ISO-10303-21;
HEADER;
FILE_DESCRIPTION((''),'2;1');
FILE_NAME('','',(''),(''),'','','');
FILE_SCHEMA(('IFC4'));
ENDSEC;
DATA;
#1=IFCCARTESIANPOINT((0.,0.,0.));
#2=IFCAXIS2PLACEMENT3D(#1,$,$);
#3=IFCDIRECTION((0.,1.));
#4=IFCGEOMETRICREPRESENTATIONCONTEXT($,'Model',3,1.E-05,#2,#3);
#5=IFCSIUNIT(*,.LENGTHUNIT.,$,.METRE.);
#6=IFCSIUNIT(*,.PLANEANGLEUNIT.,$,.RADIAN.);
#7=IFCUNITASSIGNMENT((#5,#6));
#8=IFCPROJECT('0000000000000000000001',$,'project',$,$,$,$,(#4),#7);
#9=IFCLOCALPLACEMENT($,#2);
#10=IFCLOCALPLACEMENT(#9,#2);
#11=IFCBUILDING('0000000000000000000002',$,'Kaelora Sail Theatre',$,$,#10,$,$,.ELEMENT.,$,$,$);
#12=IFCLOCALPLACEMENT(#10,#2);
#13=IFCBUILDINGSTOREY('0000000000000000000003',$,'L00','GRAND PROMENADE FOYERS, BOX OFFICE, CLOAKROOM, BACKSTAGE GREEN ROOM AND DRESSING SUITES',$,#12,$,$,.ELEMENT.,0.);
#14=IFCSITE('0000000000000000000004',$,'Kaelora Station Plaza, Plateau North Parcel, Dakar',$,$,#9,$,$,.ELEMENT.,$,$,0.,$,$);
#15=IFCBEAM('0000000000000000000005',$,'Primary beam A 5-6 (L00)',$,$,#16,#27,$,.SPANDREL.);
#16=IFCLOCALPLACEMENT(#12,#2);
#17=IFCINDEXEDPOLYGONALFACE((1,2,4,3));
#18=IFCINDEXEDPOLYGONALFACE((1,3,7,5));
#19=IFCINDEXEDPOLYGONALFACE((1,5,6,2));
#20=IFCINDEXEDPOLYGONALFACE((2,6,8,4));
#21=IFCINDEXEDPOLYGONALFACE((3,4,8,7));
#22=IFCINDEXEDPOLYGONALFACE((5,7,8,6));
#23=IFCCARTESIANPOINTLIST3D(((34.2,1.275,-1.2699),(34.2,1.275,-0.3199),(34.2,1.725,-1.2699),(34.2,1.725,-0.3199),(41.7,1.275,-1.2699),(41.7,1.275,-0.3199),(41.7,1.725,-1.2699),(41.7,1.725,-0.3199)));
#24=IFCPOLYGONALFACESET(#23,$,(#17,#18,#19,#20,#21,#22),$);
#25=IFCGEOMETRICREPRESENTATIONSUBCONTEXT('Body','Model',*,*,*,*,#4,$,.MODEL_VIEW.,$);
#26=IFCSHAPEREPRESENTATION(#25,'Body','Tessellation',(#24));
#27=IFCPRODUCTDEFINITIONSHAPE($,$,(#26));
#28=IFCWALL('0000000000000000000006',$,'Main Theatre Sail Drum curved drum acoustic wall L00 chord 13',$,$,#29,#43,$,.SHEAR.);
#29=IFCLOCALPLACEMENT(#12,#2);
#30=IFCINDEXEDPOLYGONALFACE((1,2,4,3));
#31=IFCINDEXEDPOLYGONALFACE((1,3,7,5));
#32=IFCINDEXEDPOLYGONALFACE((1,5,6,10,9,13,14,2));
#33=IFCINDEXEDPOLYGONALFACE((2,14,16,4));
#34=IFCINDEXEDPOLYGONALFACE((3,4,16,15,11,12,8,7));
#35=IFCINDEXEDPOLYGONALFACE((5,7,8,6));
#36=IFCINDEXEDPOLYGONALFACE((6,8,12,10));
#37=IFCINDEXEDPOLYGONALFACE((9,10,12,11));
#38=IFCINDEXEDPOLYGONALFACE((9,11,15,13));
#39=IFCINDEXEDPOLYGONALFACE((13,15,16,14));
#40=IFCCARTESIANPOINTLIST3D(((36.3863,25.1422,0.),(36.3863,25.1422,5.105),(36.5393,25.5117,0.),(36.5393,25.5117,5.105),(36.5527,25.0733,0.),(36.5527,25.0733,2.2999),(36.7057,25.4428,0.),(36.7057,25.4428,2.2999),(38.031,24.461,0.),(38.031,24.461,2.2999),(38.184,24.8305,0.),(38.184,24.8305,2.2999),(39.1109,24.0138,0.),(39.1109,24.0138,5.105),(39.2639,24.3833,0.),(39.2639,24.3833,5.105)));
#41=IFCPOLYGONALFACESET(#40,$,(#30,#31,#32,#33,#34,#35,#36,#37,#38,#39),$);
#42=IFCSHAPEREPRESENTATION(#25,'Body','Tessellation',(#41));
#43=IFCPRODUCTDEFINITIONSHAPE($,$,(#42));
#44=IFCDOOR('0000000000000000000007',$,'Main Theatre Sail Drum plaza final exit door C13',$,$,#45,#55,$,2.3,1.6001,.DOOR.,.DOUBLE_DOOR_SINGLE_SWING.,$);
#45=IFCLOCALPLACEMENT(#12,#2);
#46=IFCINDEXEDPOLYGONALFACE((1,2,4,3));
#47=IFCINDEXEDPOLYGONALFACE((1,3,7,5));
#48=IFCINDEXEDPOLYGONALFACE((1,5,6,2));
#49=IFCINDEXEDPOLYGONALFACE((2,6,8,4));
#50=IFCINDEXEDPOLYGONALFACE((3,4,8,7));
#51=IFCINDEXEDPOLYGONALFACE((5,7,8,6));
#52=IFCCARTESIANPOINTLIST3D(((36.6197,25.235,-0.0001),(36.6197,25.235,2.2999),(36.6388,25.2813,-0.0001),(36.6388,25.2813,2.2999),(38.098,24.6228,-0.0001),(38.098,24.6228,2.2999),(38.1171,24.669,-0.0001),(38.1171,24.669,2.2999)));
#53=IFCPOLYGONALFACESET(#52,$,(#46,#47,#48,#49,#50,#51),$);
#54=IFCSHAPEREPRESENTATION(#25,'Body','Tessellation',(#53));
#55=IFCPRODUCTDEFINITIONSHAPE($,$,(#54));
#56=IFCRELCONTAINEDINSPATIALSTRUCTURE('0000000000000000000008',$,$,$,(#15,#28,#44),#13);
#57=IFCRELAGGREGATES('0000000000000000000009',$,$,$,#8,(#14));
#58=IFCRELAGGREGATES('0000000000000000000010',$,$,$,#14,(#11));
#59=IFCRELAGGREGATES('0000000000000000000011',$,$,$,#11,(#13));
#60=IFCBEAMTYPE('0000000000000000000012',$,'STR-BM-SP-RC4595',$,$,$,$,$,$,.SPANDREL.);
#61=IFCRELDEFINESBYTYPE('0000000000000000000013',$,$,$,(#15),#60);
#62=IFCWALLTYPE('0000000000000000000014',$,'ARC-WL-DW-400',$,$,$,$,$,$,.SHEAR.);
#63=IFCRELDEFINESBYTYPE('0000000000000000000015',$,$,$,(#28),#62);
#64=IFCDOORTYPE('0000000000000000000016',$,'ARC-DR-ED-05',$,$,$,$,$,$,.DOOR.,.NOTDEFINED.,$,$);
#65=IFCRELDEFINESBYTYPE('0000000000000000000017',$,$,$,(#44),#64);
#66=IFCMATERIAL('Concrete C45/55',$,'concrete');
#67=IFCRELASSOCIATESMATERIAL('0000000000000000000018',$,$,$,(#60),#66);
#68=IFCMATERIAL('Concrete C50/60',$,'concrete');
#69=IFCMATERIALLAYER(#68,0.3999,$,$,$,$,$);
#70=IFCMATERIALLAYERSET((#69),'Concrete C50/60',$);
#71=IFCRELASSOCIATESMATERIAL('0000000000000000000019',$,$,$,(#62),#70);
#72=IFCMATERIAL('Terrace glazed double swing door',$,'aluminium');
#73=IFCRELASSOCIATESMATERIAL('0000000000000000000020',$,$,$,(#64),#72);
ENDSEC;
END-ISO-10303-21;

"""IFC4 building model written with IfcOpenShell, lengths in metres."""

from ifc_helpers import new_model, si_unit, direction, frame, frame_2d, origin, origin_2d, place, context, subcontext, project, spatial, rectangle, extrude, material, layer, layer_set, material_profile, profile_set, type_object, element, fill, save


model = new_model("IFC4")

# Units and contexts
model_context = context("Model", 3, precision=1e-05, world=origin(), true_north=direction((0.0, 1.0)))
body_context = subcontext(model_context, "Body", "Model", "MODEL_VIEW")
ifc_project = project(units=[si_unit("LENGTHUNIT", "METRE"), si_unit("PLANEANGLEUNIT", "RADIAN")], contexts=[model_context])

# Site, building, storey
site_placement = place(None, origin())
site = spatial("IfcSite", under=ifc_project, at=site_placement, Name="Kaelora Station Plaza, Plateau North Parcel, Dakar", CompositionType="ELEMENT", RefElevation=0.0)
building_placement = place(site_placement, origin())
building = spatial("IfcBuilding", under=site, at=building_placement, Name="Kaelora Sail Theatre", CompositionType="ELEMENT")
storey_placement = place(building_placement, origin())
storey = spatial("IfcBuildingStorey", under=building, at=storey_placement, Name="L00", Description="GRAND PROMENADE FOYERS, BOX OFFICE, CLOAKROOM, BACKSTAGE GREEN ROOM AND DRESSING SUITES", CompositionType="ELEMENT", Elevation=0.0)

# Beam
ifc_material_1 = material(Name="Concrete C45/55", Category="concrete")
ifc_material_profile_1 = material_profile(ifc_material_1, rectangle(XDim=0.45, YDim=0.95, at=origin_2d()), Name="RC-SPN 450x950")
ifc_profile_set_1 = profile_set([ifc_material_profile_1], Name="Concrete C45/55")
beam_type_1 = type_object("IfcBeamType", Name="STR-BM-SP-RC4595", PredefinedType="SPANDREL", material=ifc_profile_set_1)
beam_1_placement = place(storey_placement, frame((34.2, 1.5, -0.7949), z_axis=(1.0, 0.0, 0.0), x_axis=(0.0, 1.0, 0.0)))
element("IfcBeam", 1, at=beam_1_placement, inside=storey, type_object=beam_type_1, Name="Primary beam A 5-6 (L00)", PredefinedType="SPANDREL", context=body_context, shape_type="SweptSolid", body=[
    extrude(rectangle(XDim=0.45, YDim=0.95, at=origin_2d()), origin(), (0.0, 0.0, 1.0), 7.5),
])

# Wall, opening, door
ifc_material_2 = material(Name="Concrete C50/60", Category="concrete")
ifc_layer = layer(ifc_material_2, 0.3999)
ifc_layer_set = layer_set([ifc_layer], Name="Concrete C50/60")
wall_type = type_object("IfcWallType", Name="ARC-WL-DW-400", PredefinedType="SHEAR", material=ifc_layer_set)
wall_placement = place(storey_placement, frame((39.1875, 24.1985, 0.0), z_axis=(0.0, 0.0, 1.0), x_axis=(-0.923898, 0.382639, 0.0)))
wall = element("IfcWall", 2, at=wall_placement, inside=storey, type_object=wall_type, Name="Main Theatre Sail Drum curved drum acoustic wall L00 chord 13", PredefinedType="SHEAR", context=body_context, shape_type="SweptSolid", body=[
    extrude(rectangle(XDim=2.949, YDim=0.3999, at=frame_2d((1.4746, 0.0))), origin(), (0.0, 0.0, 1.0), 5.105),
])
opening_placement = place(wall_placement, frame((1.1689, 0.0, 0.0)))
opening = element("IfcOpeningElement", 3, at=opening_placement, cuts=wall, PredefinedType="OPENING", context=body_context, shape_type="SweptSolid", body=[
    extrude(rectangle(XDim=1.6001, YDim=2.3, at=frame_2d((0.8, 1.1499))), frame((0.0, 0.21, 0.0), z_axis=(0.0, -1.0, 0.0), x_axis=(1.0, 0.0, 0.0)), (0.0, 0.0, 1.0), 0.4199),
])
ifc_material_3 = material(Name="Terrace glazed double swing door", Category="aluminium")
door_type = type_object("IfcDoorType", Name="ARC-DR-ED-05", OperationType="NOTDEFINED", PredefinedType="DOOR", material=ifc_material_3)
door_placement = place(opening_placement, origin())
door = element("IfcDoor", 4, at=door_placement, inside=storey, type_object=door_type, Name="Main Theatre Sail Drum plaza final exit door C13", OperationType="DOUBLE_DOOR_SINGLE_SWING", OverallHeight=2.3, OverallWidth=1.6001, PredefinedType="DOOR", context=body_context, shape_type="SweptSolid", body=[
    extrude(rectangle(XDim=1.6001, YDim=2.3, at=frame_2d((0.8, 1.1499))), frame((0.0, 0.0249, 0.0), z_axis=(0.0, -1.0, 0.0), x_axis=(1.0, 0.0, 0.0)), (0.0, 0.0, 1.0), 0.05),
])
fill(opening, door)

save(model, "model.ifc")
